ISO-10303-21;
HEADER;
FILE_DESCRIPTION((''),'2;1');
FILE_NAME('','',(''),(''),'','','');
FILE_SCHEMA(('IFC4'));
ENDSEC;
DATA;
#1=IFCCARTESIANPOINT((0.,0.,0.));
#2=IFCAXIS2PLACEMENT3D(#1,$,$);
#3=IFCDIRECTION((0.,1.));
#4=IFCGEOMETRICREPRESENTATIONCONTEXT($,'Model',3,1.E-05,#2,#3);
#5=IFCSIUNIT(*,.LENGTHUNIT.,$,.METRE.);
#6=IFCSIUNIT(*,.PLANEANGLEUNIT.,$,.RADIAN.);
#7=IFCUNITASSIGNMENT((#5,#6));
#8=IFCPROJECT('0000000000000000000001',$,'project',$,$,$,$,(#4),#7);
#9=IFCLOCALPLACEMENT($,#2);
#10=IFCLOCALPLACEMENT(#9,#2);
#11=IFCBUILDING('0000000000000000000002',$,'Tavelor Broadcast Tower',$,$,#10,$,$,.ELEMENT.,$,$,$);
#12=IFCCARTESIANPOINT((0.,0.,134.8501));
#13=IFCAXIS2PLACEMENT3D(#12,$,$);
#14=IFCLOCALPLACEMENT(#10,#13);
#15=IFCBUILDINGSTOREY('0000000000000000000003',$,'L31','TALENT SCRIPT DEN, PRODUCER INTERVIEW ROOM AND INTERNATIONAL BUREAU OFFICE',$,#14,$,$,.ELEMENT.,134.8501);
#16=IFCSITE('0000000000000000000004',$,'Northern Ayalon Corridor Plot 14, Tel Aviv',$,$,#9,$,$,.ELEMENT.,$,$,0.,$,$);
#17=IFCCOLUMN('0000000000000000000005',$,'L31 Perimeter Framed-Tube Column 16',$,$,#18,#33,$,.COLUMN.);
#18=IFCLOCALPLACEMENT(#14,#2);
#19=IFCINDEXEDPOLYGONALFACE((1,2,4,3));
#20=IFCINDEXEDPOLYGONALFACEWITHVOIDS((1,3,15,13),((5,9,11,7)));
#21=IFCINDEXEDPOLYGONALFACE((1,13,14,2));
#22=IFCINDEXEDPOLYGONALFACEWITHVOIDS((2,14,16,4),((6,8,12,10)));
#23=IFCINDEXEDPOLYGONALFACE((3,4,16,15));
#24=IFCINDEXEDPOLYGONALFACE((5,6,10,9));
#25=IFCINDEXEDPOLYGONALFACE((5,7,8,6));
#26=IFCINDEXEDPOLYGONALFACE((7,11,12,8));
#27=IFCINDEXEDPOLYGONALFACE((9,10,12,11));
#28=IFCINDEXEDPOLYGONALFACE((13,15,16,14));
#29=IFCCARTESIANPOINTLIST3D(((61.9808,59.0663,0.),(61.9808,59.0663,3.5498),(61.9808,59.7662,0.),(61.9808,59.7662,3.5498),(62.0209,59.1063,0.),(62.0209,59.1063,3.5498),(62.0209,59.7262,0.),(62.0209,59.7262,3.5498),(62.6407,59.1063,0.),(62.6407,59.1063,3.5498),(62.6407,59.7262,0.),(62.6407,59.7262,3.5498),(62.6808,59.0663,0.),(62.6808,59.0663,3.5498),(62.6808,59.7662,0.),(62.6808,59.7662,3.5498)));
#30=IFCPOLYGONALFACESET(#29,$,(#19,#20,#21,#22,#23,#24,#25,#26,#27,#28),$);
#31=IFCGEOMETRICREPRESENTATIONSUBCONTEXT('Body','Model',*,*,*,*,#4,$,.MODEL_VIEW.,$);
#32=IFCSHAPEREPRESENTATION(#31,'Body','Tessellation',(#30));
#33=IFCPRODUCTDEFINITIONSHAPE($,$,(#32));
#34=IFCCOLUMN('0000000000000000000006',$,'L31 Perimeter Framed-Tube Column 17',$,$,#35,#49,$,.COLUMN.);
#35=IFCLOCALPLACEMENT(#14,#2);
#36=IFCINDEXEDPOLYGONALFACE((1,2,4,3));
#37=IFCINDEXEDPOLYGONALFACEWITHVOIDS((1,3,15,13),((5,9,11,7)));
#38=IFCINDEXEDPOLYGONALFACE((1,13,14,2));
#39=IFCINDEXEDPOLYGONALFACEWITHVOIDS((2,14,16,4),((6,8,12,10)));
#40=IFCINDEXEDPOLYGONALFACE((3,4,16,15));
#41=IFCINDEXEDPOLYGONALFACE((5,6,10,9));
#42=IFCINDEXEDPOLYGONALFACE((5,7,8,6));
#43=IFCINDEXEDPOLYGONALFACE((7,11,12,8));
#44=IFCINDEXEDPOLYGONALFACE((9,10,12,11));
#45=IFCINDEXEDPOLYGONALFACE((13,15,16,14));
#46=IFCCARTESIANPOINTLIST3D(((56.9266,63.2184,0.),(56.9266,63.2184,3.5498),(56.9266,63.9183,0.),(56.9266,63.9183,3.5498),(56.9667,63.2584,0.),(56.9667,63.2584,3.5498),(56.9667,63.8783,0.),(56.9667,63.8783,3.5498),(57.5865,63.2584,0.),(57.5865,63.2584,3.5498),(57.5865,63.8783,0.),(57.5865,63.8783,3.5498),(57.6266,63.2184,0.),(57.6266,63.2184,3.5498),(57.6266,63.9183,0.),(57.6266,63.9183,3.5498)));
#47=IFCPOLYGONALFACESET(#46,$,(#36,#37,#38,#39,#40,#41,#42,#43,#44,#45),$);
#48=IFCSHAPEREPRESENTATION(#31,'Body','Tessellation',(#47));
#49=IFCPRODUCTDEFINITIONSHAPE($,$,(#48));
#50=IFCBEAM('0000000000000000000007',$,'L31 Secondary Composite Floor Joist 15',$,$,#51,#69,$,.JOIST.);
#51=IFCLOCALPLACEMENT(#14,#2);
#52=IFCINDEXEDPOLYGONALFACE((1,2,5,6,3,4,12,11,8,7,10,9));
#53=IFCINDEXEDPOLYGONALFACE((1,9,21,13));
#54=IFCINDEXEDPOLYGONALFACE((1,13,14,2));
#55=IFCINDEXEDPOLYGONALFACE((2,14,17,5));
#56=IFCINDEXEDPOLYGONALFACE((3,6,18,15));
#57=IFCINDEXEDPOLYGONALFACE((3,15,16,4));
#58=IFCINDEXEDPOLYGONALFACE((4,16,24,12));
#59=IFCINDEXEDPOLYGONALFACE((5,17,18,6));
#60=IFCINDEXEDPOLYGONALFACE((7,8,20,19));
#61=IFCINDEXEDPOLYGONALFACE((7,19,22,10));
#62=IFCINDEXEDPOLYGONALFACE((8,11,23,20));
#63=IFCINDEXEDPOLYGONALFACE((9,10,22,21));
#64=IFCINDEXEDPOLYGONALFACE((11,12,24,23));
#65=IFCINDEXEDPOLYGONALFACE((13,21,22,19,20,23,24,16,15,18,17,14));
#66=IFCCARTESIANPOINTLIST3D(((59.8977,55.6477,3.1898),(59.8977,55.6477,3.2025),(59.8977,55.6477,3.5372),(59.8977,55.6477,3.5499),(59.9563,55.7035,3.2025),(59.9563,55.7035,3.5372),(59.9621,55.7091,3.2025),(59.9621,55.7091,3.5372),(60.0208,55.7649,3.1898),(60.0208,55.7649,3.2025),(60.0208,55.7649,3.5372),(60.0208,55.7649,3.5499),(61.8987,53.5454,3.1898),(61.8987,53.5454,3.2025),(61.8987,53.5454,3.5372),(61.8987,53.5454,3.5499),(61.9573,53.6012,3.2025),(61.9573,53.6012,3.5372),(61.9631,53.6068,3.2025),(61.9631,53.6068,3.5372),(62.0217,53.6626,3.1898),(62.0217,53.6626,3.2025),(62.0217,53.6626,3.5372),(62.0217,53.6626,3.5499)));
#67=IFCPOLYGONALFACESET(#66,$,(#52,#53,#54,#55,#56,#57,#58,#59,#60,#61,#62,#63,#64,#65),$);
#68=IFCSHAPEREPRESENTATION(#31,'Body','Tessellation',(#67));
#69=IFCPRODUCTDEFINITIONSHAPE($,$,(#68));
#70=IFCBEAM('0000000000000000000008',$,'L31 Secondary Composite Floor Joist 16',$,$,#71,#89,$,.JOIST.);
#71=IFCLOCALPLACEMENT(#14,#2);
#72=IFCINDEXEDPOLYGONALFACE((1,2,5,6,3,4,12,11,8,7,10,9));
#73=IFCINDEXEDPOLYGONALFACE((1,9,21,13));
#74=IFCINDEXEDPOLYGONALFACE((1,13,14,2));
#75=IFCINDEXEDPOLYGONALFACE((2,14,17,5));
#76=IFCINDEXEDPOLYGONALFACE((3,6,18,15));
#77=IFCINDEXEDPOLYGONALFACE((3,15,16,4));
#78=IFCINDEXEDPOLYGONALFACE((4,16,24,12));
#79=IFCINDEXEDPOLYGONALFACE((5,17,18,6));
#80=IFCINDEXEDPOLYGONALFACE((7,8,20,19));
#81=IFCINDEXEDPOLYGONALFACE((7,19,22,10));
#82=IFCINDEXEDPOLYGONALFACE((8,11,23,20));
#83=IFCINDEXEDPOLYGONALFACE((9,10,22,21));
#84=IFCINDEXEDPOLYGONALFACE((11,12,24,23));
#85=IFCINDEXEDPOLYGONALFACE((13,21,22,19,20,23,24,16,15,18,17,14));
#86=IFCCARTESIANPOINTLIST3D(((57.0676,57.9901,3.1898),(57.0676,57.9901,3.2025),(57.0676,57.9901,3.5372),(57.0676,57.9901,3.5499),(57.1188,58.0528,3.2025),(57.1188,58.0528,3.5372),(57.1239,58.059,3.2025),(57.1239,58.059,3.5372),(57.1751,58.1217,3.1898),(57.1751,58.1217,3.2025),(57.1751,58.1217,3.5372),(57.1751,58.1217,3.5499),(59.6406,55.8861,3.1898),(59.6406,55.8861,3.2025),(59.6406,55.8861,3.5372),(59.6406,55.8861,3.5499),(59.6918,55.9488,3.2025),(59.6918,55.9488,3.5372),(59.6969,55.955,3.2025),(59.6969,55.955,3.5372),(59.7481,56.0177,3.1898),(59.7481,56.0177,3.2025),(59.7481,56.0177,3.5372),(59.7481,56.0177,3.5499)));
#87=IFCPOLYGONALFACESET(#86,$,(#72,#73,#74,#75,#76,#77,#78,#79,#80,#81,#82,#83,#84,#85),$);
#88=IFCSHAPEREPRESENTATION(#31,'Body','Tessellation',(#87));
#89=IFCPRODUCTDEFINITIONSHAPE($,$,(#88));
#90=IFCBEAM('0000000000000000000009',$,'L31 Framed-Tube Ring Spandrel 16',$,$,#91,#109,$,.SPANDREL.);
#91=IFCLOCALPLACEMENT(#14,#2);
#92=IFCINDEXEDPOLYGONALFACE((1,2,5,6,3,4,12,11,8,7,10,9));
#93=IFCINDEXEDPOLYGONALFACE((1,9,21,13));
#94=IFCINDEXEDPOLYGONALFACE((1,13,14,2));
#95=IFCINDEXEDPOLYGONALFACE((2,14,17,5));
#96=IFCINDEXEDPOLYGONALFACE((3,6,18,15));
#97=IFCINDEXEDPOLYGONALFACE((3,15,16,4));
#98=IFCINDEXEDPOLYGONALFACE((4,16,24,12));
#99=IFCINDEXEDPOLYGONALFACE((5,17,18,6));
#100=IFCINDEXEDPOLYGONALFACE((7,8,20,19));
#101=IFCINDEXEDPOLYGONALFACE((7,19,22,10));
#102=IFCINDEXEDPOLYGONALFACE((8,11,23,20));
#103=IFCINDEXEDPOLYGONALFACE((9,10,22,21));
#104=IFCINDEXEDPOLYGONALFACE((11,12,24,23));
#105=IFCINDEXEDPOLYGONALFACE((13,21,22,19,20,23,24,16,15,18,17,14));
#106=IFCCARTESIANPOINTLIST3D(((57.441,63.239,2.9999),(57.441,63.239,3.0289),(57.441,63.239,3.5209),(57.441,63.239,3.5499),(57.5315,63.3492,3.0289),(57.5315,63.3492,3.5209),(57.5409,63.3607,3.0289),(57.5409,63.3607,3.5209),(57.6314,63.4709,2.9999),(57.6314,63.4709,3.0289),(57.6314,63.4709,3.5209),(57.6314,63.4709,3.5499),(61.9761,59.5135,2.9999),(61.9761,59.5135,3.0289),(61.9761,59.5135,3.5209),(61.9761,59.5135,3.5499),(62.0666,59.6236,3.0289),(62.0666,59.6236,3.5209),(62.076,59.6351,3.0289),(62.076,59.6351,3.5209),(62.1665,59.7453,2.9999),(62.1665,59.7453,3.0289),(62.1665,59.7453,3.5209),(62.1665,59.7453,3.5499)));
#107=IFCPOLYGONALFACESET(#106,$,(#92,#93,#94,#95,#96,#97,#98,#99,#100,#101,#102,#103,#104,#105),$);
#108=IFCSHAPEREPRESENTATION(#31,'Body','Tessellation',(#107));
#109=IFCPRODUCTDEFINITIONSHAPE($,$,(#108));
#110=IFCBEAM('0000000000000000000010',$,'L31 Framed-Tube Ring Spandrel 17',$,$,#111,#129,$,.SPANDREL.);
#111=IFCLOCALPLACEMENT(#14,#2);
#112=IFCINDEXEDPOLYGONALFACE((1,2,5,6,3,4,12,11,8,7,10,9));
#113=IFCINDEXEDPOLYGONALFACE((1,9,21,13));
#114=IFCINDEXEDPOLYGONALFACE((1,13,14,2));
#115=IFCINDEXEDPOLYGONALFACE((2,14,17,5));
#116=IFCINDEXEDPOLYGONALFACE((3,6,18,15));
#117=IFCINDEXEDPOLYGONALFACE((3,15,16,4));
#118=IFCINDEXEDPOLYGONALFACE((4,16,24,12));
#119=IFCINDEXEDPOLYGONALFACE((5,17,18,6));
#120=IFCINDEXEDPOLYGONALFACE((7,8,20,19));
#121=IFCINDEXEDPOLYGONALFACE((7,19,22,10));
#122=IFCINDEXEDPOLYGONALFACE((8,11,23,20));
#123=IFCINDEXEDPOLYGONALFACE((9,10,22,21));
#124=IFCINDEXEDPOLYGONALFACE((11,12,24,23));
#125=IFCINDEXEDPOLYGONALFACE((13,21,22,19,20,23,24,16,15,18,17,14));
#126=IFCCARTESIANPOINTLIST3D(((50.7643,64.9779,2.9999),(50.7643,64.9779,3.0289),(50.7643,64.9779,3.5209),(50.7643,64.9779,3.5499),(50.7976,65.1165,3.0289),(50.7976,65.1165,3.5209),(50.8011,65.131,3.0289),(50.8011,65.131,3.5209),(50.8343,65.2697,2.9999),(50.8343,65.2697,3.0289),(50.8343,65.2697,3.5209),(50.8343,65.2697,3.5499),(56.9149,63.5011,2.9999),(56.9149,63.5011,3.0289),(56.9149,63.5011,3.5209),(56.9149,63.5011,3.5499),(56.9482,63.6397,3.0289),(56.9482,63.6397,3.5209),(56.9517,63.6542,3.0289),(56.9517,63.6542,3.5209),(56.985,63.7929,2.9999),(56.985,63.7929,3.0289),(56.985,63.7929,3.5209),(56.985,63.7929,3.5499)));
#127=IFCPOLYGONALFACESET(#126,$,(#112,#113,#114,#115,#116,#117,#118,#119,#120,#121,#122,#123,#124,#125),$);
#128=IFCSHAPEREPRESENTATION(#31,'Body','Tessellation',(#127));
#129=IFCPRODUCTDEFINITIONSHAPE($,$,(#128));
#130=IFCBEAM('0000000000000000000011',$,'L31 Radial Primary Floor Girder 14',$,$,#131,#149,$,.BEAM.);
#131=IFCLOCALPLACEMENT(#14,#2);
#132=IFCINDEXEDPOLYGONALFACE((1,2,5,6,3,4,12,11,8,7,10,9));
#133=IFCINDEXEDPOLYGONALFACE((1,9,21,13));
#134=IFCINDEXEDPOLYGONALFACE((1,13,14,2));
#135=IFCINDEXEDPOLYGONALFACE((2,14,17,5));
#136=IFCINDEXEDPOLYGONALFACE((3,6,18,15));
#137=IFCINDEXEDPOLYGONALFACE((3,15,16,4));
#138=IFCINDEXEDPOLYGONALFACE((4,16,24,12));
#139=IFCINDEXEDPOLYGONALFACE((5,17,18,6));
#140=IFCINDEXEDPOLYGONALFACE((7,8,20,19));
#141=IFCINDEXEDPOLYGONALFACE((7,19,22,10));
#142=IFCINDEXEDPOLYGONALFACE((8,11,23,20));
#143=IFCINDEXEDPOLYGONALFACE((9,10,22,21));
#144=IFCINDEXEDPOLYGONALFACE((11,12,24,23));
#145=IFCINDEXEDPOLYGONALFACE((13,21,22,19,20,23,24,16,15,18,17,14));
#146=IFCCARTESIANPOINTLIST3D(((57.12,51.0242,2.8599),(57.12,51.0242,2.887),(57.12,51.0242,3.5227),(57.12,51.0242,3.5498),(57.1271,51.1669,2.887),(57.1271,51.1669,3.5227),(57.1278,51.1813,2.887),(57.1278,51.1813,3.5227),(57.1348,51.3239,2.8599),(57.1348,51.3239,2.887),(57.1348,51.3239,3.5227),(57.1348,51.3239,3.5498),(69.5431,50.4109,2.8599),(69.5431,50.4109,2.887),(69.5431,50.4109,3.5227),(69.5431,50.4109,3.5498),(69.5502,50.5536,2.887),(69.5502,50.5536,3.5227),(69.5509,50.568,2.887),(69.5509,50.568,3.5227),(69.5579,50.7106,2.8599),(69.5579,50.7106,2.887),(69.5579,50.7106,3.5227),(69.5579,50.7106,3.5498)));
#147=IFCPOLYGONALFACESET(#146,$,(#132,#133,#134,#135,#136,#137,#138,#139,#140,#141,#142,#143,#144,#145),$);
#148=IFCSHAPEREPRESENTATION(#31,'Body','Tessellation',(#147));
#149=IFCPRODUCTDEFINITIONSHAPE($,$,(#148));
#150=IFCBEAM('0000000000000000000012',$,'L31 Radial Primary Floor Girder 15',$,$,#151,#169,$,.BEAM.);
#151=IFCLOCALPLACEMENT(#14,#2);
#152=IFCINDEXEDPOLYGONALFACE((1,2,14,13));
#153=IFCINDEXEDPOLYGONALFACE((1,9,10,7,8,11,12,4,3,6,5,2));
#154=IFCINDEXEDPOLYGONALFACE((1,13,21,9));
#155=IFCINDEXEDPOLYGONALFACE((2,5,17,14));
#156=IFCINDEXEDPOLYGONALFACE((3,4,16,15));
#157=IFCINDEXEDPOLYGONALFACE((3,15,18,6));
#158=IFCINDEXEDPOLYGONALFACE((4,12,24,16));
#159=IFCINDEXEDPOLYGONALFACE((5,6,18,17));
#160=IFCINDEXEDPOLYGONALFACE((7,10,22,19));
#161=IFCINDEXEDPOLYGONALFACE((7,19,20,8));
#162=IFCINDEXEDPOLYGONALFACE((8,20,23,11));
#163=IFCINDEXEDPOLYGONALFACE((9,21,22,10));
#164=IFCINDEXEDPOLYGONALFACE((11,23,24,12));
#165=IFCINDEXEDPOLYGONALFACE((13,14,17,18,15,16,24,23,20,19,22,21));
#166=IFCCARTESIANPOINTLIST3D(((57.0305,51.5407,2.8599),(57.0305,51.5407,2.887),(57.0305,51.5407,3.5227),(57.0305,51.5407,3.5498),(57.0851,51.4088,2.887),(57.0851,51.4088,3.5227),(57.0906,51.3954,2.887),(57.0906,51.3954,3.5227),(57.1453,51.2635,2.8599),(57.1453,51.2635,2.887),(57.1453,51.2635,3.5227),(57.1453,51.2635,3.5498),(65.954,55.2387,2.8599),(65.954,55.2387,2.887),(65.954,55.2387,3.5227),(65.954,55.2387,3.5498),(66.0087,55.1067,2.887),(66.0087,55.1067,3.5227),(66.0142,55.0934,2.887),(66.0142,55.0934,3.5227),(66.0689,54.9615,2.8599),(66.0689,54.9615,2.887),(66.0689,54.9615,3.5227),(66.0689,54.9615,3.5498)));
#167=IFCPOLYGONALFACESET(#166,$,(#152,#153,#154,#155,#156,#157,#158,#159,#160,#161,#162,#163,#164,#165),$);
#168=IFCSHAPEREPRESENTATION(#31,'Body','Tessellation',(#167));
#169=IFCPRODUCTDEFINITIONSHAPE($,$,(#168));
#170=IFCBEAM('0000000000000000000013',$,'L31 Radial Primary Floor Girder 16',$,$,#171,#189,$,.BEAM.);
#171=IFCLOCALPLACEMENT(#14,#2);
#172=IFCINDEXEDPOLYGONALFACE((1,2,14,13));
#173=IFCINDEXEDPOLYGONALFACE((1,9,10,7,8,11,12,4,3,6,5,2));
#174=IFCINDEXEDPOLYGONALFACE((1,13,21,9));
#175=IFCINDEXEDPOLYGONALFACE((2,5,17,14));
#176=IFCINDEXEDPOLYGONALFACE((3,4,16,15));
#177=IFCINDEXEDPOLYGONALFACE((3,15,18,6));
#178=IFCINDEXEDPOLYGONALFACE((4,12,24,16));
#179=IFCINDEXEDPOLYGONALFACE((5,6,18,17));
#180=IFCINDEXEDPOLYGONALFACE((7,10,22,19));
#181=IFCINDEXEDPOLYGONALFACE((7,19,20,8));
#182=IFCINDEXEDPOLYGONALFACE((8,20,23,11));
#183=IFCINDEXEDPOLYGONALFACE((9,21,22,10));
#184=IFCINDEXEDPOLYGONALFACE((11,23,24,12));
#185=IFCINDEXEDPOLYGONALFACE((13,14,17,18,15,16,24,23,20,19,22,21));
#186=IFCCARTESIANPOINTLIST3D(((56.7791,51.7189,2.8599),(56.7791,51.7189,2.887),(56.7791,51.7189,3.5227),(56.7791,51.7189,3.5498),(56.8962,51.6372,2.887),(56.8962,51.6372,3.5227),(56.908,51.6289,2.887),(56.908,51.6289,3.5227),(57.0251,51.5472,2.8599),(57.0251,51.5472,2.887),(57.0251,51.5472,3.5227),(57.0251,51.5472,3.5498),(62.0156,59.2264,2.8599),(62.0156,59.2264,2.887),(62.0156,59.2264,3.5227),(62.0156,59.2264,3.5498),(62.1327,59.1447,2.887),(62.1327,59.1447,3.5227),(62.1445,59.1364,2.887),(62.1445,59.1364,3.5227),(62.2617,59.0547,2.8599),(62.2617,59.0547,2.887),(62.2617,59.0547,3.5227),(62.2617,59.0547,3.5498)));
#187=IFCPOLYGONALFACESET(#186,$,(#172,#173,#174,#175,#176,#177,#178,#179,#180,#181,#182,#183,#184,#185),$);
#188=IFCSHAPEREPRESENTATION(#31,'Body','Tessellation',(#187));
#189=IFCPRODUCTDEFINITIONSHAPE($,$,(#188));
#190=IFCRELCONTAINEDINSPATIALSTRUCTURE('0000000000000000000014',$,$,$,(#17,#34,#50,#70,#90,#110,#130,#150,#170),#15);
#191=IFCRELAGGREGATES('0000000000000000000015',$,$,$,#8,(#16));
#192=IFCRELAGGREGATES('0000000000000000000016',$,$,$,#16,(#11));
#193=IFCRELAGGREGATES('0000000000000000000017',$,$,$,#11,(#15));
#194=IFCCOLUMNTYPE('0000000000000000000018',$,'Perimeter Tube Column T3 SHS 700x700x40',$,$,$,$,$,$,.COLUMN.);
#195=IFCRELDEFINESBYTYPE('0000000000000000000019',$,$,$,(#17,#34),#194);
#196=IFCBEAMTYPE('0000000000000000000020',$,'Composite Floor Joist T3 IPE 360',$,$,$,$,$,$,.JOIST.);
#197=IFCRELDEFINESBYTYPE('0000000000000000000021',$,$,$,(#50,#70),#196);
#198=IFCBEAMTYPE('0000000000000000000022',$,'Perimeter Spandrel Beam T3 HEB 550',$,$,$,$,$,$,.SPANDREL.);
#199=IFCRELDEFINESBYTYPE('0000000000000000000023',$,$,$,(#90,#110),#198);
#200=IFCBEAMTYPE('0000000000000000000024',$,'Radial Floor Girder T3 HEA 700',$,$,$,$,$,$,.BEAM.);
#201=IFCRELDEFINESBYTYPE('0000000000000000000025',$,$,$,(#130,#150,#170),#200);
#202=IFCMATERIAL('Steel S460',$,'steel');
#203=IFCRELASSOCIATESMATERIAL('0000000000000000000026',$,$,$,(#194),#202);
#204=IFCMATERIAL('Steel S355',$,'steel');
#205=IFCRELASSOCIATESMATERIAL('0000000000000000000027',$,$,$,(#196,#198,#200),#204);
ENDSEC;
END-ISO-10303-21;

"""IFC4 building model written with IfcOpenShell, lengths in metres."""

from ifc_helpers import new_model, si_unit, direction, frame, origin, origin_2d, place, context, subcontext, project, spatial, hollow_rectangle, i_section, extrude, material, material_profile, profile_set, type_object, element, save


model = new_model("IFC4")

# Units and contexts
model_context = context("Model", 3, precision=1e-05, world=origin(), true_north=direction((0.0, 1.0)))
body_context = subcontext(model_context, "Body", "Model", "MODEL_VIEW")
ifc_project = project(units=[si_unit("LENGTHUNIT", "METRE"), si_unit("PLANEANGLEUNIT", "RADIAN")], contexts=[model_context])

# Site, building, storey
site_placement = place(None, origin())
site = spatial("IfcSite", under=ifc_project, at=site_placement, Name="Northern Ayalon Corridor Plot 14, Tel Aviv", CompositionType="ELEMENT", RefElevation=0.0)
building_placement = place(site_placement, origin())
building = spatial("IfcBuilding", under=site, at=building_placement, Name="Tavelor Broadcast Tower", CompositionType="ELEMENT")
storey_placement = place(building_placement, frame((0.0, 0.0, 134.8501)))
storey = spatial("IfcBuildingStorey", under=building, at=storey_placement, Name="L31", Description="TALENT SCRIPT DEN, PRODUCER INTERVIEW ROOM AND INTERNATIONAL BUREAU OFFICE", CompositionType="ELEMENT", Elevation=134.8501)

# Columns
ifc_material_1 = material(Name="Steel S460", Category="steel")
ifc_material_profile_1 = material_profile(ifc_material_1, hollow_rectangle(XDim=0.7, YDim=0.7, WallThickness=0.04, at=origin_2d()), Name="SHS 700x700x40")
ifc_profile_set_1 = profile_set([ifc_material_profile_1], Name="Steel S460")
column_type = type_object("IfcColumnType", Name="Perimeter Tube Column T3 SHS 700x700x40", PredefinedType="COLUMN", material=ifc_profile_set_1)
for number, where, z_axis, x_axis, name in (
    (1, (62.3308, 59.4163, 0.0), (0.0, 0.0, 1.0), (1.0, 0.0, 0.0), "L31 Perimeter Framed-Tube Column 16"),
    (2, (57.2766, 63.5684, 0.0), (0.0, 0.0, 1.0), (1.0, 0.0, 0.0), "L31 Perimeter Framed-Tube Column 17"),
):
    element("IfcColumn", number, at=place(storey_placement, frame(where, z_axis=z_axis, x_axis=x_axis)), inside=storey, type_object=column_type, Name=name, PredefinedType="COLUMN", context=body_context, shape_type="SweptSolid", body=[
        extrude(hollow_rectangle(XDim=0.7, YDim=0.7, WallThickness=0.04, at=origin_2d()), origin(), (0.0, 0.0, 1.0), 3.5498),
    ])

# Beams
ifc_material_2 = material(Name="Steel S355", Category="steel")
ifc_material_profile_2 = material_profile(ifc_material_2, i_section(OverallWidth=0.1699, OverallDepth=0.3601, WebThickness=0.0081, FlangeThickness=0.0127, at=origin_2d()), Name="IPE 360")
ifc_profile_set_2 = profile_set([ifc_material_profile_2], Name="Steel S355")
beam_type_1 = type_object("IfcBeamType", Name="Composite Floor Joist T3 IPE 360", PredefinedType="JOIST", material=ifc_profile_set_2)
beam_1_placement = place(storey_placement, frame((61.9602, 53.604, 3.3699), z_axis=(-0.689437, 0.724346, 0.0), x_axis=(-0.724346, -0.689437, 0.0)))
element("IfcBeam", 3, at=beam_1_placement, inside=storey, type_object=beam_type_1, Name="L31 Secondary Composite Floor Joist 15", PredefinedType="JOIST", context=body_context, shape_type="SweptSolid", body=[
    extrude(i_section(OverallWidth=0.1699, OverallDepth=0.3601, WebThickness=0.0081, FlangeThickness=0.0127, at=origin_2d()), origin(), (0.0, 0.0, 1.0), 2.9023),
])
beam_2_placement = place(storey_placement, frame((59.6943, 55.9519, 3.3699), z_axis=(-0.774131, 0.633026, 0.0), x_axis=(-0.633026, -0.774131, 0.0)))
element("IfcBeam", 4, at=beam_2_placement, inside=storey, type_object=beam_type_1, Name="L31 Secondary Composite Floor Joist 16", PredefinedType="JOIST", context=body_context, shape_type="SweptSolid", body=[
    extrude(i_section(OverallWidth=0.1699, OverallDepth=0.3601, WebThickness=0.0081, FlangeThickness=0.0127, at=origin_2d()), origin(), (0.0, 0.0, 1.0), 3.3237),
])
ifc_material_profile_3 = material_profile(ifc_material_2, i_section(OverallWidth=0.3, OverallDepth=0.55, WebThickness=0.0149, FlangeThickness=0.0291, at=origin_2d()), Name="HEB 550")
ifc_profile_set_3 = profile_set([ifc_material_profile_3], Name="Steel S355")
beam_type_2 = type_object("IfcBeamType", Name="Perimeter Spandrel Beam T3 HEB 550", PredefinedType="SPANDREL", material=ifc_profile_set_3)
beam_3_placement = place(storey_placement, frame((62.0713, 59.6294, 3.2749), z_axis=(-0.772703, 0.634768, 0.0), x_axis=(-0.634768, -0.772703, 0.0)))
element("IfcBeam", 5, at=beam_3_placement, inside=storey, type_object=beam_type_2, Name="L31 Framed-Tube Ring Spandrel 16", PredefinedType="SPANDREL", context=body_context, shape_type="SweptSolid", body=[
    extrude(i_section(OverallWidth=0.3, OverallDepth=0.55, WebThickness=0.0149, FlangeThickness=0.0291, at=origin_2d()), origin(), (0.0, 0.0, 1.0), 5.8691),
])
beam_4_placement = place(storey_placement, frame((56.95, 63.647, 3.2749), z_axis=(-0.972364, 0.233471, 0.0), x_axis=(-0.233471, -0.972364, 0.0)))
element("IfcBeam", 6, at=beam_4_placement, inside=storey, type_object=beam_type_2, Name="L31 Framed-Tube Ring Spandrel 17", PredefinedType="SPANDREL", context=body_context, shape_type="SweptSolid", body=[
    extrude(i_section(OverallWidth=0.3, OverallDepth=0.55, WebThickness=0.0149, FlangeThickness=0.0291, at=origin_2d()), origin(), (0.0, 0.0, 1.0), 6.3254),
])
ifc_material_profile_4 = material_profile(ifc_material_2, i_section(OverallWidth=0.3, OverallDepth=0.6899, WebThickness=0.0144, FlangeThickness=0.0271, at=origin_2d()), Name="HEA 700")
ifc_profile_set_4 = profile_set([ifc_material_profile_4], Name="Steel S355")
beam_type_3 = type_object("IfcBeamType", Name="Radial Floor Girder T3 HEA 700", PredefinedType="BEAM", material=ifc_profile_set_4)
beam_5_placement = place(storey_placement, frame((57.1274, 51.1741, 3.2048), z_axis=(0.998784, -0.049306, 0.0), x_axis=(0.049306, 0.998784, 0.0)))
element("IfcBeam", 7, at=beam_5_placement, inside=storey, type_object=beam_type_3, Name="L31 Radial Primary Floor Girder 14", PredefinedType="BEAM", context=body_context, shape_type="SweptSolid", body=[
    extrude(i_section(OverallWidth=0.3, OverallDepth=0.6899, WebThickness=0.0144, FlangeThickness=0.0271, at=origin_2d()), origin(), (0.0, 0.0, 1.0), 12.4382),
])
beam_6_placement = place(storey_placement, frame((57.0879, 51.4021, 3.2048), z_axis=(0.923816, 0.382836, 0.0), x_axis=(-0.382836, 0.923816, 0.0)))
element("IfcBeam", 8, at=beam_6_placement, inside=storey, type_object=beam_type_3, Name="L31 Radial Primary Floor Girder 15", PredefinedType="BEAM", context=body_context, shape_type="SweptSolid", body=[
    extrude(i_section(OverallWidth=0.3, OverallDepth=0.6899, WebThickness=0.0144, FlangeThickness=0.0271, at=origin_2d()), origin(), (0.0, 0.0, 1.0), 9.6594),
])
beam_7_placement = place(storey_placement, frame((56.9021, 51.6331, 3.2048), z_axis=(0.572089, 0.820192, 0.0), x_axis=(-0.820192, 0.572089, 0.0)))
element("IfcBeam", 9, at=beam_7_placement, inside=storey, type_object=beam_type_3, Name="L31 Radial Primary Floor Girder 16", PredefinedType="BEAM", context=body_context, shape_type="SweptSolid", body=[
    extrude(i_section(OverallWidth=0.3, OverallDepth=0.6899, WebThickness=0.0144, FlangeThickness=0.0271, at=origin_2d()), origin(), (0.0, 0.0, 1.0), 9.1533),
])

save(model, "model.ifc")
